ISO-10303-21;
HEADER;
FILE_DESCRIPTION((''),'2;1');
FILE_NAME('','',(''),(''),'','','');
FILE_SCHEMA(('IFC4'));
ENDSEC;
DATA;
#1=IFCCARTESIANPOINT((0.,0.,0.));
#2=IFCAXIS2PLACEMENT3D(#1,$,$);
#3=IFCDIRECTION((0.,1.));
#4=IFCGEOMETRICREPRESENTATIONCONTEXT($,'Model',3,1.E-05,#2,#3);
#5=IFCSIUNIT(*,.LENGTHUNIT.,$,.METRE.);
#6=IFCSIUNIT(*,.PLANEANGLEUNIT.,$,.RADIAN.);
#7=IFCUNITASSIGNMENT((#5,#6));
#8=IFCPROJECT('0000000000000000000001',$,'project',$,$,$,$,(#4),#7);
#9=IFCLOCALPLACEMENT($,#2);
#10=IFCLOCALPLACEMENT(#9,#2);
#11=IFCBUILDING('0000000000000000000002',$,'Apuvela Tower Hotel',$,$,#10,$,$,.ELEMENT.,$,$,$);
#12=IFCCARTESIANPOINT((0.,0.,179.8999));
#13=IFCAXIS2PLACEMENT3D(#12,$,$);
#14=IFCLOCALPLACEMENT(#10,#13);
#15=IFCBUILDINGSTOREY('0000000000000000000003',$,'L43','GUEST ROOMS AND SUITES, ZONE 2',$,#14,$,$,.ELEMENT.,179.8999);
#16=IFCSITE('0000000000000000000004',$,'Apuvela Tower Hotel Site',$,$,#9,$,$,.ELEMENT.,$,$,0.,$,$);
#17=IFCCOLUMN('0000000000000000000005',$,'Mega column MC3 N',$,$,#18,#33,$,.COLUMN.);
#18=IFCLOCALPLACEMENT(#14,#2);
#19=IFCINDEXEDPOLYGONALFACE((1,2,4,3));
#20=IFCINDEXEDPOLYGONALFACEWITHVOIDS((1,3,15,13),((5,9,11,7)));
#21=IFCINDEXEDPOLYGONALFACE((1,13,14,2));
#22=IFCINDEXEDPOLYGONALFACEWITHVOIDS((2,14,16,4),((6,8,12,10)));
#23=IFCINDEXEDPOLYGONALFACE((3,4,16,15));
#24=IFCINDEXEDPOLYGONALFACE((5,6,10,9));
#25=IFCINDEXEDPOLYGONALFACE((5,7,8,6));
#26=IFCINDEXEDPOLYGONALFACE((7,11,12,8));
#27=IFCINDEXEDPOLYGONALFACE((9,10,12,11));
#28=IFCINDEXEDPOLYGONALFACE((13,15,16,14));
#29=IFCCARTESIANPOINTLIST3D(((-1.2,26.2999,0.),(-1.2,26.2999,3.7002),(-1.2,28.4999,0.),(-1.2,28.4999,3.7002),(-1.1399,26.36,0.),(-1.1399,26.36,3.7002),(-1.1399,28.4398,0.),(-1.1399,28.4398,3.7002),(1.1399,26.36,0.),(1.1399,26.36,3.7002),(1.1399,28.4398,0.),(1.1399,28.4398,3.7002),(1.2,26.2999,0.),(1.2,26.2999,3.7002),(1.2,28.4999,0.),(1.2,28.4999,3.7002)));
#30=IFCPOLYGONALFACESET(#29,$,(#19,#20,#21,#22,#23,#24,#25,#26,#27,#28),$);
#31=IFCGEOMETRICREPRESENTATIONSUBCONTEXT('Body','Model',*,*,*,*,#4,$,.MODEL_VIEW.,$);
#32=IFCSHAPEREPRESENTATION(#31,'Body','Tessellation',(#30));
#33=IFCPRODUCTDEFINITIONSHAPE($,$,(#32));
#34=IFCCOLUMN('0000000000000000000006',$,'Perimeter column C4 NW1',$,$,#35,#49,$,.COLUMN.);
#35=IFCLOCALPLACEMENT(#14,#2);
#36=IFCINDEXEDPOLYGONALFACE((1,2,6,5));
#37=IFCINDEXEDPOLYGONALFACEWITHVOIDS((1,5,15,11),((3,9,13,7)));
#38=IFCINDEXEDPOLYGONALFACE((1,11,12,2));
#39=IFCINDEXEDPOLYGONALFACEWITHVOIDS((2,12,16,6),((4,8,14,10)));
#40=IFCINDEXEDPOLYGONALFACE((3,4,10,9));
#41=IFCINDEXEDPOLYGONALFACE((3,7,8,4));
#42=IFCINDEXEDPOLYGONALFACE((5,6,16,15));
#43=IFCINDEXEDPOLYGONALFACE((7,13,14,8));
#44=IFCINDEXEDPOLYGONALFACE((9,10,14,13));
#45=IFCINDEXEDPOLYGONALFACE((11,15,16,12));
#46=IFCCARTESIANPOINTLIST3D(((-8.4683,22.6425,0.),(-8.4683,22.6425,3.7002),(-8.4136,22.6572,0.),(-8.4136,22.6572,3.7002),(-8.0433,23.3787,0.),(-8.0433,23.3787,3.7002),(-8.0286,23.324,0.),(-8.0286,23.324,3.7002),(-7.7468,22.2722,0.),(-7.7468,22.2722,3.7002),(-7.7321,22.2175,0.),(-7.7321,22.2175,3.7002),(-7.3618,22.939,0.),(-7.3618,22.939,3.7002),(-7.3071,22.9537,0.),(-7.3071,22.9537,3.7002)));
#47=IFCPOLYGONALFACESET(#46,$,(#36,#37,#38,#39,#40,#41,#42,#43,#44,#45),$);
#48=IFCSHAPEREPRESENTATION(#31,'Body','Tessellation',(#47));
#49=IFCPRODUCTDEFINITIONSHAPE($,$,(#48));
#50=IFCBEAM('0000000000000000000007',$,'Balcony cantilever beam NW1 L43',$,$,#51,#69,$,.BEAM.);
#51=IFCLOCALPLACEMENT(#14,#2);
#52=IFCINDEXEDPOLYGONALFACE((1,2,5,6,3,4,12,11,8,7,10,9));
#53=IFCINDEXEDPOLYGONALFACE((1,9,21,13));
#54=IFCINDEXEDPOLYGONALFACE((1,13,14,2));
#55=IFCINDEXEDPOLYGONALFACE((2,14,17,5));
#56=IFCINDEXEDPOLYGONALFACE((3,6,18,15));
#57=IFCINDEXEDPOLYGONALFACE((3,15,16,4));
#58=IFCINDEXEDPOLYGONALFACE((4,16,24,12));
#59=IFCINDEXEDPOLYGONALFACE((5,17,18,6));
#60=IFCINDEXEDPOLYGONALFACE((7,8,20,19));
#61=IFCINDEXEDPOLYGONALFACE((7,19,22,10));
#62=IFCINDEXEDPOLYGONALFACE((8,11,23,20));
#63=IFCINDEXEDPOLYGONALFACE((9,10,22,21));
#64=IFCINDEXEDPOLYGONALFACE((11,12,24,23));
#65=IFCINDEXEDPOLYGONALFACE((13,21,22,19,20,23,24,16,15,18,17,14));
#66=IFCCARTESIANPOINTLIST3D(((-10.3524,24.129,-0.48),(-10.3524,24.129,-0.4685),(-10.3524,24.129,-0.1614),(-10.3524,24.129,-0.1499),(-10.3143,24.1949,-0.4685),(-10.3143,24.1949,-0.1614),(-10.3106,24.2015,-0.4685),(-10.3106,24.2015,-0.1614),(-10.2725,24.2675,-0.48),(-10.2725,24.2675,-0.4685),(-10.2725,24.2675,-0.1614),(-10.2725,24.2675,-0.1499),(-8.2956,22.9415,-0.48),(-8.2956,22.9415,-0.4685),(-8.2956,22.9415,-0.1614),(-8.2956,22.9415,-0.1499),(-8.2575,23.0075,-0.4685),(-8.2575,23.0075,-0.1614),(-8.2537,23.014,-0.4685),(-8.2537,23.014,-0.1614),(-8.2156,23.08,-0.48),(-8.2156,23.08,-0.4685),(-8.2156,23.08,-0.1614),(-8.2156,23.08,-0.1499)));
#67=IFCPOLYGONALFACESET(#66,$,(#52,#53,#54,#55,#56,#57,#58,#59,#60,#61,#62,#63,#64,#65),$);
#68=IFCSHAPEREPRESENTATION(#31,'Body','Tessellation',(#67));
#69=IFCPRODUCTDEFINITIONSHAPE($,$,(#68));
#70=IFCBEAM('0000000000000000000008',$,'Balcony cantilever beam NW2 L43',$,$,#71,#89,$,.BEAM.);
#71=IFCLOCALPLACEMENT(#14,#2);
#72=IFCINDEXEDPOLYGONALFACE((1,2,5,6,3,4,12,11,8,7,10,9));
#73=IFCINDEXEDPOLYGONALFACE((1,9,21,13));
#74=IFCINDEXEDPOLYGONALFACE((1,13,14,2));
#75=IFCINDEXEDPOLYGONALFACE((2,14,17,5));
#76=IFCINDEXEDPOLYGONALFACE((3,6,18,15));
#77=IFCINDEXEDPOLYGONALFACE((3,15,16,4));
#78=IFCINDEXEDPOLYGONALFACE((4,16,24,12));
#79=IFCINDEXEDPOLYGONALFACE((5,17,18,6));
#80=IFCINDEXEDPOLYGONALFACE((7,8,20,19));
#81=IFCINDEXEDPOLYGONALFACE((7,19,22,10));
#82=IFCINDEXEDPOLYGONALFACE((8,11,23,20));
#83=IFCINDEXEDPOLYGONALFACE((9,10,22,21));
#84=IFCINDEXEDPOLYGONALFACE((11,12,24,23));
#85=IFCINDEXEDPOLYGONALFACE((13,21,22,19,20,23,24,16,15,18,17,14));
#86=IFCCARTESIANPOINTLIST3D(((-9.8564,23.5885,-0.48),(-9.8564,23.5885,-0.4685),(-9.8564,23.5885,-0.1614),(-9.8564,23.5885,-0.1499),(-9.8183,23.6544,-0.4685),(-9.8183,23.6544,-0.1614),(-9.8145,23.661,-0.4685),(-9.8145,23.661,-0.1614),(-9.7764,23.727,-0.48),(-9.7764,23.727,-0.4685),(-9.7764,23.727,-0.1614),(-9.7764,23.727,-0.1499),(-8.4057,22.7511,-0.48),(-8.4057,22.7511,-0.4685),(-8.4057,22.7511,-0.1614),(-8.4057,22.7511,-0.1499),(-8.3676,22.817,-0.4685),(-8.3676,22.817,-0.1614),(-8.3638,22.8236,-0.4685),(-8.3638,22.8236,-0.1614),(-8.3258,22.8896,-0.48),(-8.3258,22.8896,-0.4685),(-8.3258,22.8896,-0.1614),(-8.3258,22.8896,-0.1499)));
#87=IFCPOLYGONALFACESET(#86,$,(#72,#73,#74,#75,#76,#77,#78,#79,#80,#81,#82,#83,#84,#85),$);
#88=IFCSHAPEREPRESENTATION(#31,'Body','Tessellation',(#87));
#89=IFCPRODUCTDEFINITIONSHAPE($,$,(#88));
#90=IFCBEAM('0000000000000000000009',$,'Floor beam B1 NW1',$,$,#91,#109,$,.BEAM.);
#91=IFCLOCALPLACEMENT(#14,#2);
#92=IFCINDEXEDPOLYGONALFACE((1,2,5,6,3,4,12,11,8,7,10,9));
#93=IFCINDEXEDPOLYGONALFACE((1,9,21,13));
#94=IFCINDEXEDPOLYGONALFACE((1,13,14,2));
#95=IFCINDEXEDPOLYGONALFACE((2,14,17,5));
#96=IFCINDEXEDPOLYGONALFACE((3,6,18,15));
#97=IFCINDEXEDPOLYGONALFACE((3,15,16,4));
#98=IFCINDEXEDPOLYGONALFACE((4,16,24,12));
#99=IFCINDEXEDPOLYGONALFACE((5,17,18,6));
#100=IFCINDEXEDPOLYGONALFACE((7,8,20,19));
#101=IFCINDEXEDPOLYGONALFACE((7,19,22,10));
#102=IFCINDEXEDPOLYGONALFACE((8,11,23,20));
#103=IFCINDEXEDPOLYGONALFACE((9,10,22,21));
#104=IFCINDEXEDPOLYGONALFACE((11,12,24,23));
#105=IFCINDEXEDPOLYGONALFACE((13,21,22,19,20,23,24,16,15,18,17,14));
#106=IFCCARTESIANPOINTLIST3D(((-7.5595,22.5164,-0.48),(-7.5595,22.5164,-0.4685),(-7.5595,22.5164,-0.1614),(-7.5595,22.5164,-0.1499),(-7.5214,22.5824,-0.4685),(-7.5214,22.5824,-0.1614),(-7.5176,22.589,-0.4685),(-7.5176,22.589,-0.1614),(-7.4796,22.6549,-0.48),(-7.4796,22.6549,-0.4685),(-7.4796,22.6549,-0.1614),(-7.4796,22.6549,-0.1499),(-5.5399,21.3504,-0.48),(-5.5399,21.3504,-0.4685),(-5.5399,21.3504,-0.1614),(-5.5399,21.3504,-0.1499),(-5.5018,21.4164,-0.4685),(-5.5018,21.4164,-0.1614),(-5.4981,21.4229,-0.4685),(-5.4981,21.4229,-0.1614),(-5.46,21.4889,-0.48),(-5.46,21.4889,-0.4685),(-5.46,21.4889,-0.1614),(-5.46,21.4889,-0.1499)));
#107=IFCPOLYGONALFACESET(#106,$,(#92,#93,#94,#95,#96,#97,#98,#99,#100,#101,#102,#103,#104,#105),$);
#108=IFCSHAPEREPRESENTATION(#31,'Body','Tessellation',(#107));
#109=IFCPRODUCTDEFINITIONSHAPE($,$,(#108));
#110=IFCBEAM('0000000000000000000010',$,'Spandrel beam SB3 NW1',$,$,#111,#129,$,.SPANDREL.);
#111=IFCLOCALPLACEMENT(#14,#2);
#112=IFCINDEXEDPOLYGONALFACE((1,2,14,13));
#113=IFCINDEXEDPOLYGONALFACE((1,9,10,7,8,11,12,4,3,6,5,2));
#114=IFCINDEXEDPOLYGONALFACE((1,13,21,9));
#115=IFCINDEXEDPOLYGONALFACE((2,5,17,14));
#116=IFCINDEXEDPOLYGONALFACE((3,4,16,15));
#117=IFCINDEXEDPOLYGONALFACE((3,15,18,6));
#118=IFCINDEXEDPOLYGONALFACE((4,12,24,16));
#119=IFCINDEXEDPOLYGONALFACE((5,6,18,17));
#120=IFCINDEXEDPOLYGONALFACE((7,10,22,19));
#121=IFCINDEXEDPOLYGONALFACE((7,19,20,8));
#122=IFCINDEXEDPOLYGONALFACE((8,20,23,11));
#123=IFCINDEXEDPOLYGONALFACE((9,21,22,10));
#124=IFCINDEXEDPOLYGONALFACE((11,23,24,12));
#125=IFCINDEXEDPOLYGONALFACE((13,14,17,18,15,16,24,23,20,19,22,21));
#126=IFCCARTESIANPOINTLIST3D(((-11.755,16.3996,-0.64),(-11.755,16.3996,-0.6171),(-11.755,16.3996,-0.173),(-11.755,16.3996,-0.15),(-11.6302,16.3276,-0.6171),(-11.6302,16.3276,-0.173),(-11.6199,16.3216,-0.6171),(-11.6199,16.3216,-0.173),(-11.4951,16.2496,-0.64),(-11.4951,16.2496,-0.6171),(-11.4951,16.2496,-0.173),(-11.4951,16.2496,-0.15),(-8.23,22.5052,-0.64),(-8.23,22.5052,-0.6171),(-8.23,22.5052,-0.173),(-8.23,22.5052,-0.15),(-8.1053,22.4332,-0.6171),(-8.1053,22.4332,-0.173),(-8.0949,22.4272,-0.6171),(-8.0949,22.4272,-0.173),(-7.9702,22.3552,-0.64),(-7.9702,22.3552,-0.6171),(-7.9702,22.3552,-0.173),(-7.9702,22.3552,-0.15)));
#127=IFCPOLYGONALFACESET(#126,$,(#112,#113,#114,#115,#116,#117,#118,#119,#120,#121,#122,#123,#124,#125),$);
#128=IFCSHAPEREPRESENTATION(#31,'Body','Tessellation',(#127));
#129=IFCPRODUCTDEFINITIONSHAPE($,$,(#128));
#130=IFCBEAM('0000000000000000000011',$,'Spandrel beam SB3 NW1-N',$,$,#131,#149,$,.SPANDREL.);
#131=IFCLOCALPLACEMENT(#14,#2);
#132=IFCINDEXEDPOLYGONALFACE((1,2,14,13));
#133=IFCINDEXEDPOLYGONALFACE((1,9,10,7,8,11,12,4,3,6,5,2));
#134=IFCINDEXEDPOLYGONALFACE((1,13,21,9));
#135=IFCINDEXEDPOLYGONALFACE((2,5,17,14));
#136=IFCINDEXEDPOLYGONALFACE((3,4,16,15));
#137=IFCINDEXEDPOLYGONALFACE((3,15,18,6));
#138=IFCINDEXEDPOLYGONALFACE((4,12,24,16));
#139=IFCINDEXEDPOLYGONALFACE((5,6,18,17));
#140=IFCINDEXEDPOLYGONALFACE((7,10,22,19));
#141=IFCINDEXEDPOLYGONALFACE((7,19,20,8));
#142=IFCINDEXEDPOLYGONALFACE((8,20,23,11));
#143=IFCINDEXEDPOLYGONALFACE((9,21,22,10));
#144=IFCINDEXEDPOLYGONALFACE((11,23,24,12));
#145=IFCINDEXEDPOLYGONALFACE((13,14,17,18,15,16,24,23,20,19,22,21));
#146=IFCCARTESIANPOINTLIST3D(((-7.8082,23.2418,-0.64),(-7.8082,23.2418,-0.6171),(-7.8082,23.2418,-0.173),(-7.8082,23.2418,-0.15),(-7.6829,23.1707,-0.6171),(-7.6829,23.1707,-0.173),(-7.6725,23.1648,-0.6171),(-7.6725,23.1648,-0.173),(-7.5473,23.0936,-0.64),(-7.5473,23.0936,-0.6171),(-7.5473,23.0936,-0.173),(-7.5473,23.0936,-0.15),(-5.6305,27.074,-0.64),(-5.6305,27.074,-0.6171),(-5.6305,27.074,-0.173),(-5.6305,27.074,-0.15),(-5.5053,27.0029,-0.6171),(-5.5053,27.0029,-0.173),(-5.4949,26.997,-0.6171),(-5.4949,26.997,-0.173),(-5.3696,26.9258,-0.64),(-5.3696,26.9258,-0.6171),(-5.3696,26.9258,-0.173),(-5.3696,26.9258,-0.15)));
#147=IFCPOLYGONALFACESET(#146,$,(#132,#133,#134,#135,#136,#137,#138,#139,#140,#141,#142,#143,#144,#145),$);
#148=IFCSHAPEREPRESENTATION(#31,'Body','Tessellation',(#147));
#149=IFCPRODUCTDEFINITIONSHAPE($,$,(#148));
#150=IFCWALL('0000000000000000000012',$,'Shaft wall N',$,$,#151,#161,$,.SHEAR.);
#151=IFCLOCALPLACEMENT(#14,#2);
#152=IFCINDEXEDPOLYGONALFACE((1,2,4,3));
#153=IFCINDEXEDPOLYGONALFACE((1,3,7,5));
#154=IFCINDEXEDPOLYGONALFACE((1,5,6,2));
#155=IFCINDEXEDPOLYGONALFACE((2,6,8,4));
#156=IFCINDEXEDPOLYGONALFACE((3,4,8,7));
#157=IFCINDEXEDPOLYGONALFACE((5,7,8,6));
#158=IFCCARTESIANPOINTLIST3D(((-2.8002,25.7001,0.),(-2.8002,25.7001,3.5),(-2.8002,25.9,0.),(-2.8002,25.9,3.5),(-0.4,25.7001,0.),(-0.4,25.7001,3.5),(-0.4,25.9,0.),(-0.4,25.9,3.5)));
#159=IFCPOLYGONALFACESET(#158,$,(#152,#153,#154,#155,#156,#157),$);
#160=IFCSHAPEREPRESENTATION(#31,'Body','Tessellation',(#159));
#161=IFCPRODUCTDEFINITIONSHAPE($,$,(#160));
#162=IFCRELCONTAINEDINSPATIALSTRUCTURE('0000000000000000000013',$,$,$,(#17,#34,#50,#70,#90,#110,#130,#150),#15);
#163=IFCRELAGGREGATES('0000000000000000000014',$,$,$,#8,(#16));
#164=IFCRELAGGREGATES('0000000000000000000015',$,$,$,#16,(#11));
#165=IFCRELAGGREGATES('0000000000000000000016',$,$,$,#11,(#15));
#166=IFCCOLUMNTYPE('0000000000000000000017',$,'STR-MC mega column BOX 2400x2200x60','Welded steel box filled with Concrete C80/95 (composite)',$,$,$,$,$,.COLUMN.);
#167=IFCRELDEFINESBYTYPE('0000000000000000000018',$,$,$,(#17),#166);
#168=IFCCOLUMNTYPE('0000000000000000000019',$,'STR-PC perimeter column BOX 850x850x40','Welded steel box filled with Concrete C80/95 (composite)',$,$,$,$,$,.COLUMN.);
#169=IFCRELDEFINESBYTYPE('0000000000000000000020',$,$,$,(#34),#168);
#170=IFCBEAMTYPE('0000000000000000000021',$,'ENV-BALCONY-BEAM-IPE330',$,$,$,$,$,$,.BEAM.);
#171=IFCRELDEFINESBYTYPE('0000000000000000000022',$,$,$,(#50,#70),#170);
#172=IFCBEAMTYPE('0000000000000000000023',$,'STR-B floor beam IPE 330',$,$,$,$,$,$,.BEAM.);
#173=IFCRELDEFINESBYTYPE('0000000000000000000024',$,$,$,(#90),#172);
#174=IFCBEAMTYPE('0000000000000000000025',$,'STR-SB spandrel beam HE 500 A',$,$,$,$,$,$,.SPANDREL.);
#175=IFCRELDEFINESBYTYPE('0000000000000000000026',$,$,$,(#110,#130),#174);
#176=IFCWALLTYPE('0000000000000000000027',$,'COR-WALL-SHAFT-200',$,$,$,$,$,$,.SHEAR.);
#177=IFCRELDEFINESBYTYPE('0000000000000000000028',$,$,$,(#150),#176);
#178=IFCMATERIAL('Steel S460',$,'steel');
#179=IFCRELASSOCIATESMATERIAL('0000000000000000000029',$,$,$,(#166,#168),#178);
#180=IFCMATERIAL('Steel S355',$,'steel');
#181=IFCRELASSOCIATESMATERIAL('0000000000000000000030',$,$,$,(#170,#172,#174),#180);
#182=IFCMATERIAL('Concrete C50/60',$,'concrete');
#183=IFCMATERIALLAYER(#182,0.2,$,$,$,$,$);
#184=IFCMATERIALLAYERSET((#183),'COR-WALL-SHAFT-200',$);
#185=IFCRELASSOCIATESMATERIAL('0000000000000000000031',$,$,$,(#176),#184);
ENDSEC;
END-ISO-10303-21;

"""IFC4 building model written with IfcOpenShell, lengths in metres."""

from ifc_helpers import new_model, si_unit, direction, frame, frame_2d, origin, origin_2d, place, context, subcontext, project, spatial, rectangle, hollow_rectangle, i_section, extrude, material, layer, layer_set, material_profile, profile_set, type_object, element, save


model = new_model("IFC4")

# Units and contexts
model_context = context("Model", 3, precision=1e-05, world=origin(), true_north=direction((0.0, 1.0)))
body_context = subcontext(model_context, "Body", "Model", "MODEL_VIEW")
ifc_project = project(units=[si_unit("LENGTHUNIT", "METRE"), si_unit("PLANEANGLEUNIT", "RADIAN")], contexts=[model_context])

# Site, building, storey
site_placement = place(None, origin())
site = spatial("IfcSite", under=ifc_project, at=site_placement, Name="Apuvela Tower Hotel Site", CompositionType="ELEMENT", RefElevation=0.0)
building_placement = place(site_placement, origin())
building = spatial("IfcBuilding", under=site, at=building_placement, Name="Apuvela Tower Hotel", CompositionType="ELEMENT")
storey_placement = place(building_placement, frame((0.0, 0.0, 179.8999)))
storey = spatial("IfcBuildingStorey", under=building, at=storey_placement, Name="L43", Description="GUEST ROOMS AND SUITES, ZONE 2", CompositionType="ELEMENT", Elevation=179.8999)

# Columns
ifc_material_1 = material(Name="Steel S460", Category="steel")
ifc_material_profile_1 = material_profile(ifc_material_1, hollow_rectangle(XDim=2.3999, YDim=2.2, WallThickness=0.0601, at=origin_2d()), Name="BOX 2400x2200x60")
ifc_material_2 = material(Name="Concrete C80/95", Category="concrete")
ifc_material_profile_2 = material_profile(ifc_material_2, rectangle(XDim=2.28, YDim=2.0801, at=origin_2d()), Name="Concrete C80/95 infill")
ifc_profile_set_1 = profile_set([ifc_material_profile_1, ifc_material_profile_2], Name="Steel S460")
column_type_1 = type_object("IfcColumnType", Name="STR-MC mega column BOX 2400x2200x60", Description="Welded steel box filled with Concrete C80/95 (composite)", PredefinedType="COLUMN", material=ifc_profile_set_1)
column_1_placement = place(storey_placement, frame((0.0, 27.3999, 0.0), z_axis=(0.0, 0.0, 1.0), x_axis=(1.0, 0.0, 0.0)))
element("IfcColumn", 1, at=column_1_placement, inside=storey, type_object=column_type_1, Name="Mega column MC3 N", PredefinedType="COLUMN", context=body_context, shape_type="SweptSolid", body=[
    extrude(hollow_rectangle(XDim=2.3999, YDim=2.2, WallThickness=0.0601, at=origin_2d()), origin(), (0.0, 0.0, 1.0), 3.7002),
])
ifc_material_profile_3 = material_profile(ifc_material_1, hollow_rectangle(XDim=0.8501, YDim=0.8501, WallThickness=0.04, at=origin_2d()), Name="BOX 850x850x40")
ifc_material_profile_4 = material_profile(ifc_material_2, rectangle(XDim=0.77, YDim=0.77, at=origin_2d()), Name="Concrete C80/95 infill")
ifc_profile_set_2 = profile_set([ifc_material_profile_3, ifc_material_profile_4], Name="Steel S460")
column_type_2 = type_object("IfcColumnType", Name="STR-PC perimeter column BOX 850x850x40", Description="Welded steel box filled with Concrete C80/95 (composite)", PredefinedType="COLUMN", material=ifc_profile_set_2)
column_2_placement = place(storey_placement, frame((-7.8877, 22.7981, 0.0), z_axis=(0.0, 0.0, 1.0), x_axis=(0.5, 0.866025, 0.0)))
element("IfcColumn", 2, at=column_2_placement, inside=storey, type_object=column_type_2, Name="Perimeter column C4 NW1", PredefinedType="COLUMN", context=body_context, shape_type="SweptSolid", body=[
    extrude(hollow_rectangle(XDim=0.8501, YDim=0.8501, WallThickness=0.04, at=origin_2d()), origin(), (0.0, 0.0, 1.0), 3.7002),
])

# Beams
ifc_material_3 = material(Name="Steel S355", Category="steel")
ifc_material_profile_5 = material_profile(ifc_material_3, i_section(OverallWidth=0.1599, OverallDepth=0.3301, WebThickness=0.0076, FlangeThickness=0.0115, at=origin_2d()), Name="IPE 330")
ifc_profile_set_3 = profile_set([ifc_material_profile_5], Name="Steel S355")
beam_type_1 = type_object("IfcBeamType", Name="ENV-BALCONY-BEAM-IPE330", PredefinedType="BEAM", material=ifc_profile_set_3)
beam_1_placement = place(storey_placement, frame((-8.2556, 23.0107, -0.3149), z_axis=(-0.866033, 0.499986, 0.0), x_axis=(-0.499986, -0.866033, 0.0)))
element("IfcBeam", 3, at=beam_1_placement, inside=storey, type_object=beam_type_1, Name="Balcony cantilever beam NW1 L43", PredefinedType="BEAM", context=body_context, shape_type="SweptSolid", body=[
    extrude(i_section(OverallWidth=0.1599, OverallDepth=0.3301, WebThickness=0.0076, FlangeThickness=0.0115, at=origin_2d()), origin(), (0.0, 0.0, 1.0), 2.375),
])
beam_2_placement = place(storey_placement, frame((-8.3657, 22.8203, -0.3149), z_axis=(-0.866064, 0.499933, 0.0), x_axis=(-0.499933, -0.866064, 0.0)))
element("IfcBeam", 4, at=beam_2_placement, inside=storey, type_object=beam_type_1, Name="Balcony cantilever beam NW2 L43", PredefinedType="BEAM", context=body_context, shape_type="SweptSolid", body=[
    extrude(i_section(OverallWidth=0.1599, OverallDepth=0.3301, WebThickness=0.0076, FlangeThickness=0.0115, at=origin_2d()), origin(), (0.0, 0.0, 1.0), 1.675),
])
ifc_material_profile_6 = material_profile(ifc_material_3, i_section(OverallWidth=0.1599, OverallDepth=0.3301, WebThickness=0.0076, FlangeThickness=0.0115, at=origin_2d()), Name="IPE 330")
ifc_profile_set_4 = profile_set([ifc_material_profile_6], Name="Steel S355")
beam_type_2 = type_object("IfcBeamType", Name="STR-B floor beam IPE 330", PredefinedType="BEAM", material=ifc_profile_set_4)
beam_3_placement = place(storey_placement, frame((-7.5195, 22.5857, -0.3149), z_axis=(0.866018, -0.500012, 0.0), x_axis=(0.500012, 0.866018, 0.0)))
element("IfcBeam", 5, at=beam_3_placement, inside=storey, type_object=beam_type_2, Name="Floor beam B1 NW1", PredefinedType="BEAM", context=body_context, shape_type="SweptSolid", body=[
    extrude(i_section(OverallWidth=0.1599, OverallDepth=0.3301, WebThickness=0.0076, FlangeThickness=0.0115, at=origin_2d()), origin(), (0.0, 0.0, 1.0), 2.332),
])
ifc_material_profile_7 = material_profile(ifc_material_3, i_section(OverallWidth=0.3, OverallDepth=0.49, WebThickness=0.012, FlangeThickness=0.0229, at=origin_2d()), Name="HE 500 A")
ifc_profile_set_5 = profile_set([ifc_material_profile_7], Name="Steel S355")
beam_type_3 = type_object("IfcBeamType", Name="STR-SB spandrel beam HE 500 A", PredefinedType="SPANDREL", material=ifc_profile_set_5)
beam_4_placement = place(storey_placement, frame((-8.1001, 22.4302, -0.395), z_axis=(-0.49999, -0.866031, 0.0), x_axis=(0.866031, -0.49999, 0.0)))
element("IfcBeam", 6, at=beam_4_placement, inside=storey, type_object=beam_type_3, Name="Spandrel beam SB3 NW1", PredefinedType="SPANDREL", context=body_context, shape_type="SweptSolid", body=[
    extrude(i_section(OverallWidth=0.3, OverallDepth=0.49, WebThickness=0.012, FlangeThickness=0.0229, at=origin_2d()), origin(), (0.0, 0.0, 1.0), 7.05),
])
beam_5_placement = place(storey_placement, frame((-7.6777, 23.1677, -0.395), z_axis=(0.494062, 0.869427, 0.0), x_axis=(-0.869427, 0.494062, 0.0)))
element("IfcBeam", 7, at=beam_5_placement, inside=storey, type_object=beam_type_3, Name="Spandrel beam SB3 NW1-N", PredefinedType="SPANDREL", context=body_context, shape_type="SweptSolid", body=[
    extrude(i_section(OverallWidth=0.3, OverallDepth=0.49, WebThickness=0.012, FlangeThickness=0.0229, at=origin_2d()), origin(), (0.0, 0.0, 1.0), 4.4077),
])

# Wall
ifc_material_4 = material(Name="Concrete C50/60", Category="concrete")
ifc_layer_1 = layer(ifc_material_4, 0.2)
ifc_layer_set_1 = layer_set([ifc_layer_1], Name="COR-WALL-SHAFT-200")
wall_type_1 = type_object("IfcWallType", Name="COR-WALL-SHAFT-200", PredefinedType="SHEAR", material=ifc_layer_set_1)
wall_1_placement = place(storey_placement, frame((-0.3999, 25.8, 0.0), z_axis=(0.0, 0.0, 1.0), x_axis=(-1.0, 0.0, 0.0)))
element("IfcWall", 8, at=wall_1_placement, inside=storey, type_object=wall_type_1, Name="Shaft wall N", PredefinedType="SHEAR", context=body_context, shape_type="SweptSolid", body=[
    extrude(rectangle(XDim=2.4001, YDim=0.2, at=frame_2d((1.2002, 0.0))), origin(), (0.0, 0.0, 1.0), 3.5),
])

save(model, "model.ifc")
